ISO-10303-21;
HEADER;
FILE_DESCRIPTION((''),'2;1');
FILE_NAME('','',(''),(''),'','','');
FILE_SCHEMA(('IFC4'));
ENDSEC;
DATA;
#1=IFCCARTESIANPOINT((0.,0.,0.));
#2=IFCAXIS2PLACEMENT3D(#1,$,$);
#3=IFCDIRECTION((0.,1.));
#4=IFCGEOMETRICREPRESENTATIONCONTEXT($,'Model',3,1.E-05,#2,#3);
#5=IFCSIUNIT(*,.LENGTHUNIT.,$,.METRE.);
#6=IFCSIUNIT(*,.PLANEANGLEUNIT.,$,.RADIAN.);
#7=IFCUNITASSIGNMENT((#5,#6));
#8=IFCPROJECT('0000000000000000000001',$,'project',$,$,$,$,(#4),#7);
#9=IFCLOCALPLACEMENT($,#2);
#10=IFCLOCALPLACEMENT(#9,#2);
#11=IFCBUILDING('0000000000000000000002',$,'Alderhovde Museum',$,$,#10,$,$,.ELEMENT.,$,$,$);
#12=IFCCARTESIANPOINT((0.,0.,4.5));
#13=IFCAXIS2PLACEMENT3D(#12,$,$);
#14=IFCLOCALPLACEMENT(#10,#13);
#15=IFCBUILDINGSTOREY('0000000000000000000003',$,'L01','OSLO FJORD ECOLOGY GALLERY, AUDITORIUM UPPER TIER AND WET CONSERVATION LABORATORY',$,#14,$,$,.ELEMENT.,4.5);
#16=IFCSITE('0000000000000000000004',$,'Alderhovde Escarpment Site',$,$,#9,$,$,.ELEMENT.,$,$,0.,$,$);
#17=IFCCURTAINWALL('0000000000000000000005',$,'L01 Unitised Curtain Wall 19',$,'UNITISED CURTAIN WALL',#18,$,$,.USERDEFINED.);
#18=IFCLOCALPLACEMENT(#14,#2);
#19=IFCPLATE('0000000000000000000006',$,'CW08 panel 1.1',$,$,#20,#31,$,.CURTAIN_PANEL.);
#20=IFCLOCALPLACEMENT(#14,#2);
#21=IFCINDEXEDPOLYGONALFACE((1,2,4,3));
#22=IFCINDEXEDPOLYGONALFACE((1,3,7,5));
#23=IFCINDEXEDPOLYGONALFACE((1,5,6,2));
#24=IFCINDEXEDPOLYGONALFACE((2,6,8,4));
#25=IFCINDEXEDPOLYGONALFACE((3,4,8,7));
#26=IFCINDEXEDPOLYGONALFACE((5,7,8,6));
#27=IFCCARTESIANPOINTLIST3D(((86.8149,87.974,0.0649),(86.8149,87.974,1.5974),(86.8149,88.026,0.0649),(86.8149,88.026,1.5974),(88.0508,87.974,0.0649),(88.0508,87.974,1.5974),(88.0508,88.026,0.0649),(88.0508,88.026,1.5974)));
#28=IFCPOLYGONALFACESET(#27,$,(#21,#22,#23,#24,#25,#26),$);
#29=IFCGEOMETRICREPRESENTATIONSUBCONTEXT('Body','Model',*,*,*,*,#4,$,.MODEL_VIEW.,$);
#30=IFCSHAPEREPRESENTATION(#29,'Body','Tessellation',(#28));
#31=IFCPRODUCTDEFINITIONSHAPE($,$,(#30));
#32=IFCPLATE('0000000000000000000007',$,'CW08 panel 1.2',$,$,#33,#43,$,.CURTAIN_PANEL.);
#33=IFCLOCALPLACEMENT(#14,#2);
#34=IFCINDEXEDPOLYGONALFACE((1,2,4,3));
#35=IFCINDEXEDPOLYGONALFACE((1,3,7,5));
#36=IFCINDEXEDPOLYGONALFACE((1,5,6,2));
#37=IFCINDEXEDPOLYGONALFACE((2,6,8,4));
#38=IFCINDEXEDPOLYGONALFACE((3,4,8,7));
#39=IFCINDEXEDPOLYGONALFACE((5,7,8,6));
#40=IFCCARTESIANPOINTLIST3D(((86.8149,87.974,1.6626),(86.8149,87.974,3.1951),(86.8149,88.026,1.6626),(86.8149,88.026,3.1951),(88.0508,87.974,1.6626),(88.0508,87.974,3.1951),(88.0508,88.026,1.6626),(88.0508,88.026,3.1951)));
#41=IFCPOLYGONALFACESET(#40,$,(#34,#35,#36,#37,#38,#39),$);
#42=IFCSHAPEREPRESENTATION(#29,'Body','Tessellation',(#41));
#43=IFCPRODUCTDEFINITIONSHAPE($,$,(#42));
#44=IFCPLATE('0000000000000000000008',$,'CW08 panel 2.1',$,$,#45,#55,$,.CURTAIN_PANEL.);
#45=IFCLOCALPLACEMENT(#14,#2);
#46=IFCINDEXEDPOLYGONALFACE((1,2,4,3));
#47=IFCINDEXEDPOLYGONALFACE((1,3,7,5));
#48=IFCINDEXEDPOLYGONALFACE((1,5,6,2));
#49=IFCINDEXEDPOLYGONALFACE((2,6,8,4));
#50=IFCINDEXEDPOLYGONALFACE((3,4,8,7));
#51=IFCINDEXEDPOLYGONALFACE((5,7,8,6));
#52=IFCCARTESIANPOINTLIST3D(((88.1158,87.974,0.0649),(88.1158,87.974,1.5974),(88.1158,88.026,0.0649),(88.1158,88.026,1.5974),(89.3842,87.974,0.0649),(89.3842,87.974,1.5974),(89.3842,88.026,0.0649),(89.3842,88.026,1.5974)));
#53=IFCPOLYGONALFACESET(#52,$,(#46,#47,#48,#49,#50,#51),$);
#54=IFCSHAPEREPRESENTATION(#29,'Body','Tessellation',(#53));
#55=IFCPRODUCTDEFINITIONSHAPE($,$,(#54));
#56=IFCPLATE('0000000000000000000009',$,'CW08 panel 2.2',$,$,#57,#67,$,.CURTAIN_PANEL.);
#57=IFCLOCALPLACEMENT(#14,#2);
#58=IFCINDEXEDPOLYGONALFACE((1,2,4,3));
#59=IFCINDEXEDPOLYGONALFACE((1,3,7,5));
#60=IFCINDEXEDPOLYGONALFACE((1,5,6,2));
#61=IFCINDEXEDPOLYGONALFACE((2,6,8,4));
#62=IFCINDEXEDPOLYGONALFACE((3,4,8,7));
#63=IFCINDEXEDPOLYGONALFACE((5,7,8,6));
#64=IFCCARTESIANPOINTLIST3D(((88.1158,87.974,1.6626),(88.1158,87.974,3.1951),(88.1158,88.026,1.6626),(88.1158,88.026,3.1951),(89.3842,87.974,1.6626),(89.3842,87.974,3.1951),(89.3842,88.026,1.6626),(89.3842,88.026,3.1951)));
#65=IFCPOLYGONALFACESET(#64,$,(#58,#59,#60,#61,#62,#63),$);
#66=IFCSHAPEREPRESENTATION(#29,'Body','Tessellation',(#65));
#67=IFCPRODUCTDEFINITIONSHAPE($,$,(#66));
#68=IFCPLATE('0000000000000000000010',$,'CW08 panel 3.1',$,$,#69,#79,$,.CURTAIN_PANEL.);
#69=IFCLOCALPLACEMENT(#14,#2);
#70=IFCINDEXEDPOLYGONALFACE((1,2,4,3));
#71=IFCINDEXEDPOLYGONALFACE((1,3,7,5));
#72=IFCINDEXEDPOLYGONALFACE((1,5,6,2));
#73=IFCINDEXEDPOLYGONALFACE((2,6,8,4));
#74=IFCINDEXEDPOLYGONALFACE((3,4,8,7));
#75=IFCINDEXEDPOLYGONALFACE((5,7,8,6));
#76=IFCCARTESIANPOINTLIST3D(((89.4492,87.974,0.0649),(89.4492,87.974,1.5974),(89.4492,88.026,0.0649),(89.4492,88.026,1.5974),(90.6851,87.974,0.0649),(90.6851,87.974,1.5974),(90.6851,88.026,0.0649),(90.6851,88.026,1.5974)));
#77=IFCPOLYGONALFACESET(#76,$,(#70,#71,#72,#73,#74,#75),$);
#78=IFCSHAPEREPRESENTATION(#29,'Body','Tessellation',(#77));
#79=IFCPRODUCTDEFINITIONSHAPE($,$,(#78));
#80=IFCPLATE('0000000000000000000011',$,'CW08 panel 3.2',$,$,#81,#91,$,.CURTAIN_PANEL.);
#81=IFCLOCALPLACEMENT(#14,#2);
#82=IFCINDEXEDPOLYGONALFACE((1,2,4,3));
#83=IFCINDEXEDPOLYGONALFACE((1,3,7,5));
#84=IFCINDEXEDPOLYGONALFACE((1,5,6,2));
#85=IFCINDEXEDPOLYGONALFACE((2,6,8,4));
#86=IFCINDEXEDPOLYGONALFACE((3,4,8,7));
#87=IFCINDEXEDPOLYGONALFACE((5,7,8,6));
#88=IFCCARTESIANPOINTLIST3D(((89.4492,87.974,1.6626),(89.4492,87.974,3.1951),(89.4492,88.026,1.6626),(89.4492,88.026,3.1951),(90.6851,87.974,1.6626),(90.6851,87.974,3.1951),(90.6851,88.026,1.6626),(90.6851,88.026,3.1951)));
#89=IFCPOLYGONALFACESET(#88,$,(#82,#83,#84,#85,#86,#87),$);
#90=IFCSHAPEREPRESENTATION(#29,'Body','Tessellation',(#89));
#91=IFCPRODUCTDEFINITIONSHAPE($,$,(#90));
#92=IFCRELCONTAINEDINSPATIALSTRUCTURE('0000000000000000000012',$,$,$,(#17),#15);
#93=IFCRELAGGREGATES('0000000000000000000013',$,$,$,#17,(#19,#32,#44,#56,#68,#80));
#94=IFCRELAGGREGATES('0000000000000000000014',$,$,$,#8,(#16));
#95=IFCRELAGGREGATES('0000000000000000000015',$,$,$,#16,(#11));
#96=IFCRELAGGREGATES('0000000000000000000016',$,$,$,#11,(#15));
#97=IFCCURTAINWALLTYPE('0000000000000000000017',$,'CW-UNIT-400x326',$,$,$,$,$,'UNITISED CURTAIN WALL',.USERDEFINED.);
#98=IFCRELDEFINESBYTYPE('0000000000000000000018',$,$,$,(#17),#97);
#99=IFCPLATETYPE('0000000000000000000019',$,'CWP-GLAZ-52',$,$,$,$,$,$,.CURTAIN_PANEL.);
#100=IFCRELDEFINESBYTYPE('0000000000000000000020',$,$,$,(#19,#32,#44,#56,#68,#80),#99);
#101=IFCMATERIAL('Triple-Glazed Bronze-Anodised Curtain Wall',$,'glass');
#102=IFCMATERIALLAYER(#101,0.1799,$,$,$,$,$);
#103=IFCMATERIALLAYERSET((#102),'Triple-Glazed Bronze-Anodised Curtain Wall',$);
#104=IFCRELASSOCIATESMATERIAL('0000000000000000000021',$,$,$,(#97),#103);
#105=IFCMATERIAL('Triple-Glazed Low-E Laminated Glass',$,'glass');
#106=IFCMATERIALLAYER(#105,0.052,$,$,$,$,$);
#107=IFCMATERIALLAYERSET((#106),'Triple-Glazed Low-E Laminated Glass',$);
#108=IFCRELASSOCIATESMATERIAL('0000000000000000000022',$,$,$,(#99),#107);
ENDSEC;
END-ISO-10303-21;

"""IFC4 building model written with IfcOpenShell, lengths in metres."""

from ifc_helpers import new_model, si_unit, direction, frame, origin, origin_2d, place, context, subcontext, project, spatial, rectangle, extrude, material, layer, layer_set, type_object, element, aggregate, save


model = new_model("IFC4")

# Units and contexts
model_context = context("Model", 3, precision=1e-05, world=origin(), true_north=direction((0.0, 1.0)))
body_context = subcontext(model_context, "Body", "Model", "MODEL_VIEW")
ifc_project = project(units=[si_unit("LENGTHUNIT", "METRE"), si_unit("PLANEANGLEUNIT", "RADIAN")], contexts=[model_context])

# Site, building, storey
site_placement = place(None, origin())
site = spatial("IfcSite", under=ifc_project, at=site_placement, Name="Alderhovde Escarpment Site", CompositionType="ELEMENT", RefElevation=0.0)
building_placement = place(site_placement, origin())
building = spatial("IfcBuilding", under=site, at=building_placement, Name="Alderhovde Museum", CompositionType="ELEMENT")
storey_placement = place(building_placement, frame((0.0, 0.0, 4.5)))
storey = spatial("IfcBuildingStorey", under=building, at=storey_placement, Name="L01", Description="OSLO FJORD ECOLOGY GALLERY, AUDITORIUM UPPER TIER AND WET CONSERVATION LABORATORY", CompositionType="ELEMENT", Elevation=4.5)

# Curtain wall
ifc_material_1 = material(Name="Triple-Glazed Bronze-Anodised Curtain Wall", Category="glass")
ifc_layer_1 = layer(ifc_material_1, 0.1799)
ifc_layer_set_1 = layer_set([ifc_layer_1], Name="Triple-Glazed Bronze-Anodised Curtain Wall")
curtain_wall_type_1 = type_object("IfcCurtainWallType", Name="CW-UNIT-400x326", ElementType="UNITISED CURTAIN WALL", PredefinedType="USERDEFINED", material=ifc_layer_set_1)
curtain_wall_1_placement = place(storey_placement, origin())
curtain_wall_1 = element("IfcCurtainWall", 1, at=curtain_wall_1_placement, inside=storey, type_object=curtain_wall_type_1, Name="L01 Unitised Curtain Wall 19", ObjectType="UNITISED CURTAIN WALL", PredefinedType="USERDEFINED")

# Plates
ifc_material_2 = material(Name="Triple-Glazed Low-E Laminated Glass", Category="glass")
ifc_layer_2 = layer(ifc_material_2, 0.052)
ifc_layer_set_2 = layer_set([ifc_layer_2], Name="Triple-Glazed Low-E Laminated Glass")
plate_type_1 = type_object("IfcPlateType", Name="CWP-GLAZ-52", PredefinedType="CURTAIN_PANEL", material=ifc_layer_set_2)
plate_1_placement = place(storey_placement, frame((87.4329, 88.0, 0.0649), z_axis=(0.0, 0.0, 1.0), x_axis=(1.0, 0.0, 0.0)))
plate_1 = element("IfcPlate", 2, at=plate_1_placement, type_object=plate_type_1, Name="CW08 panel 1.1", PredefinedType="CURTAIN_PANEL", context=body_context, shape_type="SweptSolid", body=[
    extrude(rectangle(XDim=1.2358, YDim=0.052, at=origin_2d()), origin(), (0.0, 0.0, 1.0), 1.5325),
])
plate_2_placement = place(storey_placement, frame((87.4329, 88.0, 1.6626), z_axis=(0.0, 0.0, 1.0), x_axis=(1.0, 0.0, 0.0)))
plate_2 = element("IfcPlate", 3, at=plate_2_placement, type_object=plate_type_1, Name="CW08 panel 1.2", PredefinedType="CURTAIN_PANEL", context=body_context, shape_type="SweptSolid", body=[
    extrude(rectangle(XDim=1.2358, YDim=0.052, at=origin_2d()), origin(), (0.0, 0.0, 1.0), 1.5325),
])
plate_3_placement = place(storey_placement, frame((88.75, 88.0, 0.0649), z_axis=(0.0, 0.0, 1.0), x_axis=(1.0, 0.0, 0.0)))
plate_3 = element("IfcPlate", 4, at=plate_3_placement, type_object=plate_type_1, Name="CW08 panel 2.1", PredefinedType="CURTAIN_PANEL", context=body_context, shape_type="SweptSolid", body=[
    extrude(rectangle(XDim=1.2683, YDim=0.052, at=origin_2d()), origin(), (0.0, 0.0, 1.0), 1.5325),
])
plate_4_placement = place(storey_placement, frame((88.75, 88.0, 1.6626), z_axis=(0.0, 0.0, 1.0), x_axis=(1.0, 0.0, 0.0)))
plate_4 = element("IfcPlate", 5, at=plate_4_placement, type_object=plate_type_1, Name="CW08 panel 2.2", PredefinedType="CURTAIN_PANEL", context=body_context, shape_type="SweptSolid", body=[
    extrude(rectangle(XDim=1.2683, YDim=0.052, at=origin_2d()), origin(), (0.0, 0.0, 1.0), 1.5325),
])
plate_5_placement = place(storey_placement, frame((90.0671, 88.0, 0.0649), z_axis=(0.0, 0.0, 1.0), x_axis=(1.0, 0.0, 0.0)))
plate_5 = element("IfcPlate", 6, at=plate_5_placement, type_object=plate_type_1, Name="CW08 panel 3.1", PredefinedType="CURTAIN_PANEL", context=body_context, shape_type="SweptSolid", body=[
    extrude(rectangle(XDim=1.2358, YDim=0.052, at=origin_2d()), origin(), (0.0, 0.0, 1.0), 1.5325),
])
plate_6_placement = place(storey_placement, frame((90.0671, 88.0, 1.6626), z_axis=(0.0, 0.0, 1.0), x_axis=(1.0, 0.0, 0.0)))
plate_6 = element("IfcPlate", 7, at=plate_6_placement, type_object=plate_type_1, Name="CW08 panel 3.2", PredefinedType="CURTAIN_PANEL", context=body_context, shape_type="SweptSolid", body=[
    extrude(rectangle(XDim=1.2358, YDim=0.052, at=origin_2d()), origin(), (0.0, 0.0, 1.0), 1.5325),
])
aggregate(curtain_wall_1, [plate_1, plate_2, plate_3, plate_4, plate_5, plate_6])

save(model, "model.ifc")
